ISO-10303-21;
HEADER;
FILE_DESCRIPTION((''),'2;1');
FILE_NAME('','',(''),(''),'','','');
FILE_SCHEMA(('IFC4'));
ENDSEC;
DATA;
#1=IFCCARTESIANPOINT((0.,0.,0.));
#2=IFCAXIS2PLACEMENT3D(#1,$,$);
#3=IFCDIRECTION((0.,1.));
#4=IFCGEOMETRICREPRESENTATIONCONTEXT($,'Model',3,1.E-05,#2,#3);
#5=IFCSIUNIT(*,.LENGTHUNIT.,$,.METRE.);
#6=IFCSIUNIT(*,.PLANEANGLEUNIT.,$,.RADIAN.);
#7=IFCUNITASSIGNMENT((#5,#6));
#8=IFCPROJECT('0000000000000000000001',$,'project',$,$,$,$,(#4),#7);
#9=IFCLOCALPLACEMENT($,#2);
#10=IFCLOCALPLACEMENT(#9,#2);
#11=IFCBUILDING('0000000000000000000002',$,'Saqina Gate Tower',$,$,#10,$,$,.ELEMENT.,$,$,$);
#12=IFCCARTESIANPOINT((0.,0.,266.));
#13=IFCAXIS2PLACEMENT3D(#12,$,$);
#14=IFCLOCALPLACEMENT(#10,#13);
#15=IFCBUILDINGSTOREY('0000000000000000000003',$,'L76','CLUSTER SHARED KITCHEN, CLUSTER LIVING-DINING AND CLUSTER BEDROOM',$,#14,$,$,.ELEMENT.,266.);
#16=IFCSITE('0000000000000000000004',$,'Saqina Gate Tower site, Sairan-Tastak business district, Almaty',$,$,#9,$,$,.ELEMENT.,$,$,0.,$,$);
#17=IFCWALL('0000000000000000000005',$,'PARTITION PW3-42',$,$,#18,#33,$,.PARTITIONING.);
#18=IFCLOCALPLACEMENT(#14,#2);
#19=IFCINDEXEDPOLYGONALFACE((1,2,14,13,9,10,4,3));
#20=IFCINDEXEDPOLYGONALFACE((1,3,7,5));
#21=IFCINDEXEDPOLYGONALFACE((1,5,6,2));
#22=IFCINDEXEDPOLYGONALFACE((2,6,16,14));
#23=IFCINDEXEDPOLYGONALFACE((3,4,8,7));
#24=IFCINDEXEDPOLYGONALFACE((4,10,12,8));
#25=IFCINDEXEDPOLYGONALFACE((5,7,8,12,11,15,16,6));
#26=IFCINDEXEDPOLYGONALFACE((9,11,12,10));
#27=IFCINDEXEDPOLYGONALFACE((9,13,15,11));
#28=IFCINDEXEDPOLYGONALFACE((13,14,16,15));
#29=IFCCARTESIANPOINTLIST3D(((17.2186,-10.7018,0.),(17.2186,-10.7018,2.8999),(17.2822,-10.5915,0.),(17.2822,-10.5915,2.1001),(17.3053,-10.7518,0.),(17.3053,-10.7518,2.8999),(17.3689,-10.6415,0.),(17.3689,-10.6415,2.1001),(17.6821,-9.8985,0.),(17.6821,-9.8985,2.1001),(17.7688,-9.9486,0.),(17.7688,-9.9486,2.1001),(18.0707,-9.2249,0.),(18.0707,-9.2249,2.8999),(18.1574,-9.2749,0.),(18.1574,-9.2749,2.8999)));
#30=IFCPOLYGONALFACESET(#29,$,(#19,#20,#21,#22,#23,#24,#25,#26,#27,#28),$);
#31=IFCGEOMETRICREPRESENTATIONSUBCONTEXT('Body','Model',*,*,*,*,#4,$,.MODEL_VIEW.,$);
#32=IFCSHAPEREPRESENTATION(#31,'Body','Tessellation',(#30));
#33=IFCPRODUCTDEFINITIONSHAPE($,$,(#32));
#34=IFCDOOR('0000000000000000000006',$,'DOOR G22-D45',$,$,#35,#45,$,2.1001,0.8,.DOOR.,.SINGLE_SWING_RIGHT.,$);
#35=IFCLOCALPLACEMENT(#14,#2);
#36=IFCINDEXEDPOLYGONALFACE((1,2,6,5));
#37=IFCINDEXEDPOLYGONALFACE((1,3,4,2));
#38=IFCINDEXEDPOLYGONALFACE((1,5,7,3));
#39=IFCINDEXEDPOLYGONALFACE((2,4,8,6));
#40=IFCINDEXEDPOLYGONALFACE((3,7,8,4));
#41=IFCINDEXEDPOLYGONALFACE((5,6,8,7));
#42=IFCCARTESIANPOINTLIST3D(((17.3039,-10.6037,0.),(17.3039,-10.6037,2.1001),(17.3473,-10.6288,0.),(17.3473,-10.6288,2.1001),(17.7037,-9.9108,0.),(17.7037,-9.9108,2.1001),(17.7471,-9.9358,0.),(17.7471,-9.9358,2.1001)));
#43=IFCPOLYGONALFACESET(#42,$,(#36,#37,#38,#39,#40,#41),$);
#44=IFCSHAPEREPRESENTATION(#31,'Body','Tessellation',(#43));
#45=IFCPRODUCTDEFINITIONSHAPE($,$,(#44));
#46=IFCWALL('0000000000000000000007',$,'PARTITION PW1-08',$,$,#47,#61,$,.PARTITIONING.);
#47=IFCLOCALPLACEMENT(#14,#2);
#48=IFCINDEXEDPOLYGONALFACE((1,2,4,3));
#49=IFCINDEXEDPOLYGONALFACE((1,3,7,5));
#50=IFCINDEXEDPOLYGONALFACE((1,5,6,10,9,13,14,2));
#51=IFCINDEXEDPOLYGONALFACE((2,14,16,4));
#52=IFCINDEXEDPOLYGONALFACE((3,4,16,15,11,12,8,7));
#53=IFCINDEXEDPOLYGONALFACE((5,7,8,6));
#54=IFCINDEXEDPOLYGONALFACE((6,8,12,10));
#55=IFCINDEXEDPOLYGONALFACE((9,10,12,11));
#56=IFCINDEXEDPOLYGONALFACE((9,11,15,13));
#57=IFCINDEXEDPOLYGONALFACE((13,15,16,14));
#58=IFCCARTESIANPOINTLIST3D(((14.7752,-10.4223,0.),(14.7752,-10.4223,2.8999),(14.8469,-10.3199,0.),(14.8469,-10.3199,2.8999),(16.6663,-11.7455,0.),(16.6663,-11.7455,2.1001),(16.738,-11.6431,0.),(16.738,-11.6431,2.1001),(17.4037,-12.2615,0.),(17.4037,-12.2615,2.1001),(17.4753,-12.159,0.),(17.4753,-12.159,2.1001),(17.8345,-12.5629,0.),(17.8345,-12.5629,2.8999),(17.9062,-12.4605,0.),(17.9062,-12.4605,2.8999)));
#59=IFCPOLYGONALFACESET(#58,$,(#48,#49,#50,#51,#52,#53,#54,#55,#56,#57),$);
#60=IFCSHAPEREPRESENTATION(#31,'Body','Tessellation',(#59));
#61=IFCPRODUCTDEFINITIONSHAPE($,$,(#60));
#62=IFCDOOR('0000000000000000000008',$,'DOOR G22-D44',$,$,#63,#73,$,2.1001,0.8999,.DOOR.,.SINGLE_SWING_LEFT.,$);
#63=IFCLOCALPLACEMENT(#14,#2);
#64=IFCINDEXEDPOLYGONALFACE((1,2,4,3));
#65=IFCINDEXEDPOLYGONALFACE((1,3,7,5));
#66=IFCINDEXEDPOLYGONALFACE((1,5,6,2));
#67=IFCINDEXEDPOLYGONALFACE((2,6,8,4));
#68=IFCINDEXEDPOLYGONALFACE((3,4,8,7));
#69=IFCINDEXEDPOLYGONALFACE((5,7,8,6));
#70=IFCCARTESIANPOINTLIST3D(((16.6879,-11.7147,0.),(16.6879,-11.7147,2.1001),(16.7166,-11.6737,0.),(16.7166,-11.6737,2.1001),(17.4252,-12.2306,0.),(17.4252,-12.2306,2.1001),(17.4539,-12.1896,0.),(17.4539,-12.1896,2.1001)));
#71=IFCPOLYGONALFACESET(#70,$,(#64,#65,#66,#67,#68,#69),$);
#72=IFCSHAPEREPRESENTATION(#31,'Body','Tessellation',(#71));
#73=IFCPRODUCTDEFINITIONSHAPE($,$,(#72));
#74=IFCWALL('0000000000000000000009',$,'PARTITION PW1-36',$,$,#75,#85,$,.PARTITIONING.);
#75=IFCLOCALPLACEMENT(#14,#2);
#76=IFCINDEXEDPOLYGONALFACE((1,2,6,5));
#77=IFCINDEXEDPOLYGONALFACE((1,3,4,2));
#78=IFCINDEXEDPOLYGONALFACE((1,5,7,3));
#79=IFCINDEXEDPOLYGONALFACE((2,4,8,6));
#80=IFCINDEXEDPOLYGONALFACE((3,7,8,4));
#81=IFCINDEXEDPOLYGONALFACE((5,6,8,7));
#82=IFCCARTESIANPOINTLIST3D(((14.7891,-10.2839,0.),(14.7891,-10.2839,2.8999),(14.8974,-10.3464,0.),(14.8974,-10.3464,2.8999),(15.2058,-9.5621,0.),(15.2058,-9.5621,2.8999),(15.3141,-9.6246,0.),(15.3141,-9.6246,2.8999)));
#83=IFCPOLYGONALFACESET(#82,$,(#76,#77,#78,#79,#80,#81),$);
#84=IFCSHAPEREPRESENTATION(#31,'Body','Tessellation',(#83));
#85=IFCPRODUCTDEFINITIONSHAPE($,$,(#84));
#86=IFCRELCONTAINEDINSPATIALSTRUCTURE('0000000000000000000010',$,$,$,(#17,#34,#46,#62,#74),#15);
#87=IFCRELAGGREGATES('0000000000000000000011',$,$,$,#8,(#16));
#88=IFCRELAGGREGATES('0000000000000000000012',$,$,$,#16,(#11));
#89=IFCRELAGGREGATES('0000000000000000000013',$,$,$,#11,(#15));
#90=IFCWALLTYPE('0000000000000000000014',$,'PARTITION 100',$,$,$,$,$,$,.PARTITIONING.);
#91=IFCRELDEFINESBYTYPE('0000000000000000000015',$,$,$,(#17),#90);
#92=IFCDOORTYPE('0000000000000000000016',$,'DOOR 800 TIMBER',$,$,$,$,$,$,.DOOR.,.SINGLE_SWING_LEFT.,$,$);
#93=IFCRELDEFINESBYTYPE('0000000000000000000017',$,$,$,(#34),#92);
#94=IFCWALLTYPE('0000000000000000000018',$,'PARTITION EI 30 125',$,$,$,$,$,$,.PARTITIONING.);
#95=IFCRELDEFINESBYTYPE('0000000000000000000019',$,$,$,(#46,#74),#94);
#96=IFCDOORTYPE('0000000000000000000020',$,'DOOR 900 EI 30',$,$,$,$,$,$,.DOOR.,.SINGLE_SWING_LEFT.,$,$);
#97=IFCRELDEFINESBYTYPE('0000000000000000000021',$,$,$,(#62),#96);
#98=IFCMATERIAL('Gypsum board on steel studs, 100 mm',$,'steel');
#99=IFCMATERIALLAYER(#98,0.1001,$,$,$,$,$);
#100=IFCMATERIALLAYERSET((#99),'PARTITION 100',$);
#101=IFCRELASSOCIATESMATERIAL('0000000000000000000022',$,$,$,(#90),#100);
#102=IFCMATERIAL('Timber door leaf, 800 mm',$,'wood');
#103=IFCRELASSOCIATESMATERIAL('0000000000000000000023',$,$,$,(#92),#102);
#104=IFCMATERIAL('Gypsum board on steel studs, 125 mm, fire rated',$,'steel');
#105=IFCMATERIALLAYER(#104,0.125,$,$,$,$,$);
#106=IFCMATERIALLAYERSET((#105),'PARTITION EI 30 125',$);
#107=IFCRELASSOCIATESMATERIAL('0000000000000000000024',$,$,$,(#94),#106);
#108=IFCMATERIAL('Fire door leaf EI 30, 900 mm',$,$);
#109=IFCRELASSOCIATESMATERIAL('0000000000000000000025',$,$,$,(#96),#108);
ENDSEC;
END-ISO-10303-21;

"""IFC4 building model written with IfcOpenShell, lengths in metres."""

from ifc_helpers import new_model, si_unit, direction, frame, frame_2d, origin, place, context, subcontext, project, spatial, rectangle, extrude, material, layer, layer_set, type_object, element, fill, save


model = new_model("IFC4")

# Units and contexts
model_context = context("Model", 3, precision=1e-05, world=origin(), true_north=direction((0.0, 1.0)))
body_context = subcontext(model_context, "Body", "Model", "MODEL_VIEW")
ifc_project = project(units=[si_unit("LENGTHUNIT", "METRE"), si_unit("PLANEANGLEUNIT", "RADIAN")], contexts=[model_context])

# Site, building, storey
site_placement = place(None, origin())
site = spatial("IfcSite", under=ifc_project, at=site_placement, Name="Saqina Gate Tower site, Sairan-Tastak business district, Almaty", CompositionType="ELEMENT", RefElevation=0.0)
building_placement = place(site_placement, origin())
building = spatial("IfcBuilding", under=site, at=building_placement, Name="Saqina Gate Tower", CompositionType="ELEMENT")
storey_placement = place(building_placement, frame((0.0, 0.0, 266.0)))
storey = spatial("IfcBuildingStorey", under=building, at=storey_placement, Name="L76", Description="CLUSTER SHARED KITCHEN, CLUSTER LIVING-DINING AND CLUSTER BEDROOM", CompositionType="ELEMENT", Elevation=266.0)

# Shared definitions
ifc_material_1 = material(Name="Gypsum board on steel studs, 100 mm", Category="steel")
ifc_layer_1 = layer(ifc_material_1, 0.1001)
ifc_layer_set_1 = layer_set([ifc_layer_1], Name="PARTITION 100")
wall_type_1 = type_object("IfcWallType", Name="PARTITION 100", PredefinedType="PARTITIONING", material=ifc_layer_set_1)

# Walls, openings, doors
wall_1_placement = place(storey_placement, frame((17.262, -10.7268, 0.0), z_axis=(0.0, 0.0, 1.0), x_axis=(0.499743, 0.866174, 0.0)))
wall_1 = element("IfcWall", 1, at=wall_1_placement, inside=storey, type_object=wall_type_1, Name="PARTITION PW3-42", PredefinedType="PARTITIONING", context=body_context, shape_type="SweptSolid", body=[
    extrude(rectangle(XDim=1.7051, YDim=0.1001, at=frame_2d((0.8525, 0.0))), origin(), (0.0, 0.0, 1.0), 2.8999),
])
opening_1_placement = place(wall_1_placement, frame((0.1274, 0.0, 0.0)))
opening_1 = element("IfcOpeningElement", 2, at=opening_1_placement, cuts=wall_1, PredefinedType="OPENING", context=body_context, shape_type="SweptSolid", body=[
    extrude(rectangle(XDim=0.8, YDim=2.1001, at=frame_2d((0.3999, 1.05))), frame((0.0, 0.062, 0.0), z_axis=(0.0, -1.0, 0.0), x_axis=(1.0, 0.0, 0.0)), (0.0, 0.0, 1.0), 0.124),
])
ifc_material_2 = material(Name="Timber door leaf, 800 mm", Category="wood")
door_type_1 = type_object("IfcDoorType", Name="DOOR 800 TIMBER", OperationType="SINGLE_SWING_LEFT", PredefinedType="DOOR", material=ifc_material_2)
door_1_placement = place(opening_1_placement, frame((0.8, 0.0, 0.0), z_axis=(0.0, 0.0, 1.0), x_axis=(-1.0, 0.0, 0.0)))
door_1 = element("IfcDoor", 3, at=door_1_placement, inside=storey, type_object=door_type_1, Name="DOOR G22-D45", OperationType="SINGLE_SWING_RIGHT", OverallHeight=2.1001, OverallWidth=0.8, PredefinedType="DOOR", context=body_context, shape_type="SweptSolid", body=[
    extrude(rectangle(XDim=0.8, YDim=2.1001, at=frame_2d((0.3999, 1.05))), frame((0.0, 0.0249, 0.0), z_axis=(0.0, -1.0, 0.0), x_axis=(1.0, 0.0, 0.0)), (0.0, 0.0, 1.0), 0.05),
])
fill(opening_1, door_1)
ifc_material_3 = material(Name="Gypsum board on steel studs, 125 mm, fire rated", Category="steel")
ifc_layer_2 = layer(ifc_material_3, 0.125)
ifc_layer_set_2 = layer_set([ifc_layer_2], Name="PARTITION EI 30 125")
wall_type_2 = type_object("IfcWallType", Name="PARTITION EI 30 125", PredefinedType="PARTITIONING", material=ifc_layer_set_2)
wall_2_placement = place(storey_placement, frame((14.811, -10.3711, 0.0), z_axis=(0.0, 0.0, 1.0), x_axis=(0.819346, -0.5733, 0.0)))
wall_2 = element("IfcWall", 4, at=wall_2_placement, inside=storey, type_object=wall_type_2, Name="PARTITION PW1-08", PredefinedType="PARTITIONING", context=body_context, shape_type="SweptSolid", body=[
    extrude(rectangle(XDim=3.7339, YDim=0.125, at=frame_2d((1.8669, 0.0))), origin(), (0.0, 0.0, 1.0), 2.8999),
])
opening_2_placement = place(wall_2_placement, frame((2.3081, 0.0, 0.0)))
opening_2 = element("IfcOpeningElement", 5, at=opening_2_placement, cuts=wall_2, PredefinedType="OPENING", context=body_context, shape_type="SweptSolid", body=[
    extrude(rectangle(XDim=0.8999, YDim=2.1001, at=frame_2d((0.45, 1.05))), frame((0.0, 0.0745, 0.0), z_axis=(0.0, -1.0, 0.0), x_axis=(1.0, 0.0, 0.0)), (0.0, 0.0, 1.0), 0.1489),
])
ifc_material_4 = material(Name="Fire door leaf EI 30, 900 mm")
door_type_2 = type_object("IfcDoorType", Name="DOOR 900 EI 30", OperationType="SINGLE_SWING_LEFT", PredefinedType="DOOR", material=ifc_material_4)
door_2_placement = place(opening_2_placement, frame((0.8999, 0.0, 0.0), z_axis=(0.0, 0.0, 1.0), x_axis=(-1.0, 0.0, 0.0)))
door_2 = element("IfcDoor", 6, at=door_2_placement, inside=storey, type_object=door_type_2, Name="DOOR G22-D44", OperationType="SINGLE_SWING_LEFT", OverallHeight=2.1001, OverallWidth=0.8999, PredefinedType="DOOR", context=body_context, shape_type="SweptSolid", body=[
    extrude(rectangle(XDim=0.8999, YDim=2.1001, at=frame_2d((0.45, 1.05))), frame((0.0, 0.0249, 0.0), z_axis=(0.0, -1.0, 0.0), x_axis=(1.0, 0.0, 0.0)), (0.0, 0.0, 1.0), 0.05),
])
fill(opening_2, door_2)

# Wall
wall_3_placement = place(storey_placement, frame((14.8433, -10.3152, 0.0), z_axis=(0.0, 0.0, 1.0), x_axis=(0.499951, 0.866054, 0.0)))
element("IfcWall", 7, at=wall_3_placement, inside=storey, type_object=wall_type_2, Name="PARTITION PW1-36", PredefinedType="PARTITIONING", context=body_context, shape_type="SweptSolid", body=[
    extrude(rectangle(XDim=0.8335, YDim=0.125, at=frame_2d((0.4167, 0.0))), origin(), (0.0, 0.0, 1.0), 2.8999),
])

save(model, "model.ifc")
